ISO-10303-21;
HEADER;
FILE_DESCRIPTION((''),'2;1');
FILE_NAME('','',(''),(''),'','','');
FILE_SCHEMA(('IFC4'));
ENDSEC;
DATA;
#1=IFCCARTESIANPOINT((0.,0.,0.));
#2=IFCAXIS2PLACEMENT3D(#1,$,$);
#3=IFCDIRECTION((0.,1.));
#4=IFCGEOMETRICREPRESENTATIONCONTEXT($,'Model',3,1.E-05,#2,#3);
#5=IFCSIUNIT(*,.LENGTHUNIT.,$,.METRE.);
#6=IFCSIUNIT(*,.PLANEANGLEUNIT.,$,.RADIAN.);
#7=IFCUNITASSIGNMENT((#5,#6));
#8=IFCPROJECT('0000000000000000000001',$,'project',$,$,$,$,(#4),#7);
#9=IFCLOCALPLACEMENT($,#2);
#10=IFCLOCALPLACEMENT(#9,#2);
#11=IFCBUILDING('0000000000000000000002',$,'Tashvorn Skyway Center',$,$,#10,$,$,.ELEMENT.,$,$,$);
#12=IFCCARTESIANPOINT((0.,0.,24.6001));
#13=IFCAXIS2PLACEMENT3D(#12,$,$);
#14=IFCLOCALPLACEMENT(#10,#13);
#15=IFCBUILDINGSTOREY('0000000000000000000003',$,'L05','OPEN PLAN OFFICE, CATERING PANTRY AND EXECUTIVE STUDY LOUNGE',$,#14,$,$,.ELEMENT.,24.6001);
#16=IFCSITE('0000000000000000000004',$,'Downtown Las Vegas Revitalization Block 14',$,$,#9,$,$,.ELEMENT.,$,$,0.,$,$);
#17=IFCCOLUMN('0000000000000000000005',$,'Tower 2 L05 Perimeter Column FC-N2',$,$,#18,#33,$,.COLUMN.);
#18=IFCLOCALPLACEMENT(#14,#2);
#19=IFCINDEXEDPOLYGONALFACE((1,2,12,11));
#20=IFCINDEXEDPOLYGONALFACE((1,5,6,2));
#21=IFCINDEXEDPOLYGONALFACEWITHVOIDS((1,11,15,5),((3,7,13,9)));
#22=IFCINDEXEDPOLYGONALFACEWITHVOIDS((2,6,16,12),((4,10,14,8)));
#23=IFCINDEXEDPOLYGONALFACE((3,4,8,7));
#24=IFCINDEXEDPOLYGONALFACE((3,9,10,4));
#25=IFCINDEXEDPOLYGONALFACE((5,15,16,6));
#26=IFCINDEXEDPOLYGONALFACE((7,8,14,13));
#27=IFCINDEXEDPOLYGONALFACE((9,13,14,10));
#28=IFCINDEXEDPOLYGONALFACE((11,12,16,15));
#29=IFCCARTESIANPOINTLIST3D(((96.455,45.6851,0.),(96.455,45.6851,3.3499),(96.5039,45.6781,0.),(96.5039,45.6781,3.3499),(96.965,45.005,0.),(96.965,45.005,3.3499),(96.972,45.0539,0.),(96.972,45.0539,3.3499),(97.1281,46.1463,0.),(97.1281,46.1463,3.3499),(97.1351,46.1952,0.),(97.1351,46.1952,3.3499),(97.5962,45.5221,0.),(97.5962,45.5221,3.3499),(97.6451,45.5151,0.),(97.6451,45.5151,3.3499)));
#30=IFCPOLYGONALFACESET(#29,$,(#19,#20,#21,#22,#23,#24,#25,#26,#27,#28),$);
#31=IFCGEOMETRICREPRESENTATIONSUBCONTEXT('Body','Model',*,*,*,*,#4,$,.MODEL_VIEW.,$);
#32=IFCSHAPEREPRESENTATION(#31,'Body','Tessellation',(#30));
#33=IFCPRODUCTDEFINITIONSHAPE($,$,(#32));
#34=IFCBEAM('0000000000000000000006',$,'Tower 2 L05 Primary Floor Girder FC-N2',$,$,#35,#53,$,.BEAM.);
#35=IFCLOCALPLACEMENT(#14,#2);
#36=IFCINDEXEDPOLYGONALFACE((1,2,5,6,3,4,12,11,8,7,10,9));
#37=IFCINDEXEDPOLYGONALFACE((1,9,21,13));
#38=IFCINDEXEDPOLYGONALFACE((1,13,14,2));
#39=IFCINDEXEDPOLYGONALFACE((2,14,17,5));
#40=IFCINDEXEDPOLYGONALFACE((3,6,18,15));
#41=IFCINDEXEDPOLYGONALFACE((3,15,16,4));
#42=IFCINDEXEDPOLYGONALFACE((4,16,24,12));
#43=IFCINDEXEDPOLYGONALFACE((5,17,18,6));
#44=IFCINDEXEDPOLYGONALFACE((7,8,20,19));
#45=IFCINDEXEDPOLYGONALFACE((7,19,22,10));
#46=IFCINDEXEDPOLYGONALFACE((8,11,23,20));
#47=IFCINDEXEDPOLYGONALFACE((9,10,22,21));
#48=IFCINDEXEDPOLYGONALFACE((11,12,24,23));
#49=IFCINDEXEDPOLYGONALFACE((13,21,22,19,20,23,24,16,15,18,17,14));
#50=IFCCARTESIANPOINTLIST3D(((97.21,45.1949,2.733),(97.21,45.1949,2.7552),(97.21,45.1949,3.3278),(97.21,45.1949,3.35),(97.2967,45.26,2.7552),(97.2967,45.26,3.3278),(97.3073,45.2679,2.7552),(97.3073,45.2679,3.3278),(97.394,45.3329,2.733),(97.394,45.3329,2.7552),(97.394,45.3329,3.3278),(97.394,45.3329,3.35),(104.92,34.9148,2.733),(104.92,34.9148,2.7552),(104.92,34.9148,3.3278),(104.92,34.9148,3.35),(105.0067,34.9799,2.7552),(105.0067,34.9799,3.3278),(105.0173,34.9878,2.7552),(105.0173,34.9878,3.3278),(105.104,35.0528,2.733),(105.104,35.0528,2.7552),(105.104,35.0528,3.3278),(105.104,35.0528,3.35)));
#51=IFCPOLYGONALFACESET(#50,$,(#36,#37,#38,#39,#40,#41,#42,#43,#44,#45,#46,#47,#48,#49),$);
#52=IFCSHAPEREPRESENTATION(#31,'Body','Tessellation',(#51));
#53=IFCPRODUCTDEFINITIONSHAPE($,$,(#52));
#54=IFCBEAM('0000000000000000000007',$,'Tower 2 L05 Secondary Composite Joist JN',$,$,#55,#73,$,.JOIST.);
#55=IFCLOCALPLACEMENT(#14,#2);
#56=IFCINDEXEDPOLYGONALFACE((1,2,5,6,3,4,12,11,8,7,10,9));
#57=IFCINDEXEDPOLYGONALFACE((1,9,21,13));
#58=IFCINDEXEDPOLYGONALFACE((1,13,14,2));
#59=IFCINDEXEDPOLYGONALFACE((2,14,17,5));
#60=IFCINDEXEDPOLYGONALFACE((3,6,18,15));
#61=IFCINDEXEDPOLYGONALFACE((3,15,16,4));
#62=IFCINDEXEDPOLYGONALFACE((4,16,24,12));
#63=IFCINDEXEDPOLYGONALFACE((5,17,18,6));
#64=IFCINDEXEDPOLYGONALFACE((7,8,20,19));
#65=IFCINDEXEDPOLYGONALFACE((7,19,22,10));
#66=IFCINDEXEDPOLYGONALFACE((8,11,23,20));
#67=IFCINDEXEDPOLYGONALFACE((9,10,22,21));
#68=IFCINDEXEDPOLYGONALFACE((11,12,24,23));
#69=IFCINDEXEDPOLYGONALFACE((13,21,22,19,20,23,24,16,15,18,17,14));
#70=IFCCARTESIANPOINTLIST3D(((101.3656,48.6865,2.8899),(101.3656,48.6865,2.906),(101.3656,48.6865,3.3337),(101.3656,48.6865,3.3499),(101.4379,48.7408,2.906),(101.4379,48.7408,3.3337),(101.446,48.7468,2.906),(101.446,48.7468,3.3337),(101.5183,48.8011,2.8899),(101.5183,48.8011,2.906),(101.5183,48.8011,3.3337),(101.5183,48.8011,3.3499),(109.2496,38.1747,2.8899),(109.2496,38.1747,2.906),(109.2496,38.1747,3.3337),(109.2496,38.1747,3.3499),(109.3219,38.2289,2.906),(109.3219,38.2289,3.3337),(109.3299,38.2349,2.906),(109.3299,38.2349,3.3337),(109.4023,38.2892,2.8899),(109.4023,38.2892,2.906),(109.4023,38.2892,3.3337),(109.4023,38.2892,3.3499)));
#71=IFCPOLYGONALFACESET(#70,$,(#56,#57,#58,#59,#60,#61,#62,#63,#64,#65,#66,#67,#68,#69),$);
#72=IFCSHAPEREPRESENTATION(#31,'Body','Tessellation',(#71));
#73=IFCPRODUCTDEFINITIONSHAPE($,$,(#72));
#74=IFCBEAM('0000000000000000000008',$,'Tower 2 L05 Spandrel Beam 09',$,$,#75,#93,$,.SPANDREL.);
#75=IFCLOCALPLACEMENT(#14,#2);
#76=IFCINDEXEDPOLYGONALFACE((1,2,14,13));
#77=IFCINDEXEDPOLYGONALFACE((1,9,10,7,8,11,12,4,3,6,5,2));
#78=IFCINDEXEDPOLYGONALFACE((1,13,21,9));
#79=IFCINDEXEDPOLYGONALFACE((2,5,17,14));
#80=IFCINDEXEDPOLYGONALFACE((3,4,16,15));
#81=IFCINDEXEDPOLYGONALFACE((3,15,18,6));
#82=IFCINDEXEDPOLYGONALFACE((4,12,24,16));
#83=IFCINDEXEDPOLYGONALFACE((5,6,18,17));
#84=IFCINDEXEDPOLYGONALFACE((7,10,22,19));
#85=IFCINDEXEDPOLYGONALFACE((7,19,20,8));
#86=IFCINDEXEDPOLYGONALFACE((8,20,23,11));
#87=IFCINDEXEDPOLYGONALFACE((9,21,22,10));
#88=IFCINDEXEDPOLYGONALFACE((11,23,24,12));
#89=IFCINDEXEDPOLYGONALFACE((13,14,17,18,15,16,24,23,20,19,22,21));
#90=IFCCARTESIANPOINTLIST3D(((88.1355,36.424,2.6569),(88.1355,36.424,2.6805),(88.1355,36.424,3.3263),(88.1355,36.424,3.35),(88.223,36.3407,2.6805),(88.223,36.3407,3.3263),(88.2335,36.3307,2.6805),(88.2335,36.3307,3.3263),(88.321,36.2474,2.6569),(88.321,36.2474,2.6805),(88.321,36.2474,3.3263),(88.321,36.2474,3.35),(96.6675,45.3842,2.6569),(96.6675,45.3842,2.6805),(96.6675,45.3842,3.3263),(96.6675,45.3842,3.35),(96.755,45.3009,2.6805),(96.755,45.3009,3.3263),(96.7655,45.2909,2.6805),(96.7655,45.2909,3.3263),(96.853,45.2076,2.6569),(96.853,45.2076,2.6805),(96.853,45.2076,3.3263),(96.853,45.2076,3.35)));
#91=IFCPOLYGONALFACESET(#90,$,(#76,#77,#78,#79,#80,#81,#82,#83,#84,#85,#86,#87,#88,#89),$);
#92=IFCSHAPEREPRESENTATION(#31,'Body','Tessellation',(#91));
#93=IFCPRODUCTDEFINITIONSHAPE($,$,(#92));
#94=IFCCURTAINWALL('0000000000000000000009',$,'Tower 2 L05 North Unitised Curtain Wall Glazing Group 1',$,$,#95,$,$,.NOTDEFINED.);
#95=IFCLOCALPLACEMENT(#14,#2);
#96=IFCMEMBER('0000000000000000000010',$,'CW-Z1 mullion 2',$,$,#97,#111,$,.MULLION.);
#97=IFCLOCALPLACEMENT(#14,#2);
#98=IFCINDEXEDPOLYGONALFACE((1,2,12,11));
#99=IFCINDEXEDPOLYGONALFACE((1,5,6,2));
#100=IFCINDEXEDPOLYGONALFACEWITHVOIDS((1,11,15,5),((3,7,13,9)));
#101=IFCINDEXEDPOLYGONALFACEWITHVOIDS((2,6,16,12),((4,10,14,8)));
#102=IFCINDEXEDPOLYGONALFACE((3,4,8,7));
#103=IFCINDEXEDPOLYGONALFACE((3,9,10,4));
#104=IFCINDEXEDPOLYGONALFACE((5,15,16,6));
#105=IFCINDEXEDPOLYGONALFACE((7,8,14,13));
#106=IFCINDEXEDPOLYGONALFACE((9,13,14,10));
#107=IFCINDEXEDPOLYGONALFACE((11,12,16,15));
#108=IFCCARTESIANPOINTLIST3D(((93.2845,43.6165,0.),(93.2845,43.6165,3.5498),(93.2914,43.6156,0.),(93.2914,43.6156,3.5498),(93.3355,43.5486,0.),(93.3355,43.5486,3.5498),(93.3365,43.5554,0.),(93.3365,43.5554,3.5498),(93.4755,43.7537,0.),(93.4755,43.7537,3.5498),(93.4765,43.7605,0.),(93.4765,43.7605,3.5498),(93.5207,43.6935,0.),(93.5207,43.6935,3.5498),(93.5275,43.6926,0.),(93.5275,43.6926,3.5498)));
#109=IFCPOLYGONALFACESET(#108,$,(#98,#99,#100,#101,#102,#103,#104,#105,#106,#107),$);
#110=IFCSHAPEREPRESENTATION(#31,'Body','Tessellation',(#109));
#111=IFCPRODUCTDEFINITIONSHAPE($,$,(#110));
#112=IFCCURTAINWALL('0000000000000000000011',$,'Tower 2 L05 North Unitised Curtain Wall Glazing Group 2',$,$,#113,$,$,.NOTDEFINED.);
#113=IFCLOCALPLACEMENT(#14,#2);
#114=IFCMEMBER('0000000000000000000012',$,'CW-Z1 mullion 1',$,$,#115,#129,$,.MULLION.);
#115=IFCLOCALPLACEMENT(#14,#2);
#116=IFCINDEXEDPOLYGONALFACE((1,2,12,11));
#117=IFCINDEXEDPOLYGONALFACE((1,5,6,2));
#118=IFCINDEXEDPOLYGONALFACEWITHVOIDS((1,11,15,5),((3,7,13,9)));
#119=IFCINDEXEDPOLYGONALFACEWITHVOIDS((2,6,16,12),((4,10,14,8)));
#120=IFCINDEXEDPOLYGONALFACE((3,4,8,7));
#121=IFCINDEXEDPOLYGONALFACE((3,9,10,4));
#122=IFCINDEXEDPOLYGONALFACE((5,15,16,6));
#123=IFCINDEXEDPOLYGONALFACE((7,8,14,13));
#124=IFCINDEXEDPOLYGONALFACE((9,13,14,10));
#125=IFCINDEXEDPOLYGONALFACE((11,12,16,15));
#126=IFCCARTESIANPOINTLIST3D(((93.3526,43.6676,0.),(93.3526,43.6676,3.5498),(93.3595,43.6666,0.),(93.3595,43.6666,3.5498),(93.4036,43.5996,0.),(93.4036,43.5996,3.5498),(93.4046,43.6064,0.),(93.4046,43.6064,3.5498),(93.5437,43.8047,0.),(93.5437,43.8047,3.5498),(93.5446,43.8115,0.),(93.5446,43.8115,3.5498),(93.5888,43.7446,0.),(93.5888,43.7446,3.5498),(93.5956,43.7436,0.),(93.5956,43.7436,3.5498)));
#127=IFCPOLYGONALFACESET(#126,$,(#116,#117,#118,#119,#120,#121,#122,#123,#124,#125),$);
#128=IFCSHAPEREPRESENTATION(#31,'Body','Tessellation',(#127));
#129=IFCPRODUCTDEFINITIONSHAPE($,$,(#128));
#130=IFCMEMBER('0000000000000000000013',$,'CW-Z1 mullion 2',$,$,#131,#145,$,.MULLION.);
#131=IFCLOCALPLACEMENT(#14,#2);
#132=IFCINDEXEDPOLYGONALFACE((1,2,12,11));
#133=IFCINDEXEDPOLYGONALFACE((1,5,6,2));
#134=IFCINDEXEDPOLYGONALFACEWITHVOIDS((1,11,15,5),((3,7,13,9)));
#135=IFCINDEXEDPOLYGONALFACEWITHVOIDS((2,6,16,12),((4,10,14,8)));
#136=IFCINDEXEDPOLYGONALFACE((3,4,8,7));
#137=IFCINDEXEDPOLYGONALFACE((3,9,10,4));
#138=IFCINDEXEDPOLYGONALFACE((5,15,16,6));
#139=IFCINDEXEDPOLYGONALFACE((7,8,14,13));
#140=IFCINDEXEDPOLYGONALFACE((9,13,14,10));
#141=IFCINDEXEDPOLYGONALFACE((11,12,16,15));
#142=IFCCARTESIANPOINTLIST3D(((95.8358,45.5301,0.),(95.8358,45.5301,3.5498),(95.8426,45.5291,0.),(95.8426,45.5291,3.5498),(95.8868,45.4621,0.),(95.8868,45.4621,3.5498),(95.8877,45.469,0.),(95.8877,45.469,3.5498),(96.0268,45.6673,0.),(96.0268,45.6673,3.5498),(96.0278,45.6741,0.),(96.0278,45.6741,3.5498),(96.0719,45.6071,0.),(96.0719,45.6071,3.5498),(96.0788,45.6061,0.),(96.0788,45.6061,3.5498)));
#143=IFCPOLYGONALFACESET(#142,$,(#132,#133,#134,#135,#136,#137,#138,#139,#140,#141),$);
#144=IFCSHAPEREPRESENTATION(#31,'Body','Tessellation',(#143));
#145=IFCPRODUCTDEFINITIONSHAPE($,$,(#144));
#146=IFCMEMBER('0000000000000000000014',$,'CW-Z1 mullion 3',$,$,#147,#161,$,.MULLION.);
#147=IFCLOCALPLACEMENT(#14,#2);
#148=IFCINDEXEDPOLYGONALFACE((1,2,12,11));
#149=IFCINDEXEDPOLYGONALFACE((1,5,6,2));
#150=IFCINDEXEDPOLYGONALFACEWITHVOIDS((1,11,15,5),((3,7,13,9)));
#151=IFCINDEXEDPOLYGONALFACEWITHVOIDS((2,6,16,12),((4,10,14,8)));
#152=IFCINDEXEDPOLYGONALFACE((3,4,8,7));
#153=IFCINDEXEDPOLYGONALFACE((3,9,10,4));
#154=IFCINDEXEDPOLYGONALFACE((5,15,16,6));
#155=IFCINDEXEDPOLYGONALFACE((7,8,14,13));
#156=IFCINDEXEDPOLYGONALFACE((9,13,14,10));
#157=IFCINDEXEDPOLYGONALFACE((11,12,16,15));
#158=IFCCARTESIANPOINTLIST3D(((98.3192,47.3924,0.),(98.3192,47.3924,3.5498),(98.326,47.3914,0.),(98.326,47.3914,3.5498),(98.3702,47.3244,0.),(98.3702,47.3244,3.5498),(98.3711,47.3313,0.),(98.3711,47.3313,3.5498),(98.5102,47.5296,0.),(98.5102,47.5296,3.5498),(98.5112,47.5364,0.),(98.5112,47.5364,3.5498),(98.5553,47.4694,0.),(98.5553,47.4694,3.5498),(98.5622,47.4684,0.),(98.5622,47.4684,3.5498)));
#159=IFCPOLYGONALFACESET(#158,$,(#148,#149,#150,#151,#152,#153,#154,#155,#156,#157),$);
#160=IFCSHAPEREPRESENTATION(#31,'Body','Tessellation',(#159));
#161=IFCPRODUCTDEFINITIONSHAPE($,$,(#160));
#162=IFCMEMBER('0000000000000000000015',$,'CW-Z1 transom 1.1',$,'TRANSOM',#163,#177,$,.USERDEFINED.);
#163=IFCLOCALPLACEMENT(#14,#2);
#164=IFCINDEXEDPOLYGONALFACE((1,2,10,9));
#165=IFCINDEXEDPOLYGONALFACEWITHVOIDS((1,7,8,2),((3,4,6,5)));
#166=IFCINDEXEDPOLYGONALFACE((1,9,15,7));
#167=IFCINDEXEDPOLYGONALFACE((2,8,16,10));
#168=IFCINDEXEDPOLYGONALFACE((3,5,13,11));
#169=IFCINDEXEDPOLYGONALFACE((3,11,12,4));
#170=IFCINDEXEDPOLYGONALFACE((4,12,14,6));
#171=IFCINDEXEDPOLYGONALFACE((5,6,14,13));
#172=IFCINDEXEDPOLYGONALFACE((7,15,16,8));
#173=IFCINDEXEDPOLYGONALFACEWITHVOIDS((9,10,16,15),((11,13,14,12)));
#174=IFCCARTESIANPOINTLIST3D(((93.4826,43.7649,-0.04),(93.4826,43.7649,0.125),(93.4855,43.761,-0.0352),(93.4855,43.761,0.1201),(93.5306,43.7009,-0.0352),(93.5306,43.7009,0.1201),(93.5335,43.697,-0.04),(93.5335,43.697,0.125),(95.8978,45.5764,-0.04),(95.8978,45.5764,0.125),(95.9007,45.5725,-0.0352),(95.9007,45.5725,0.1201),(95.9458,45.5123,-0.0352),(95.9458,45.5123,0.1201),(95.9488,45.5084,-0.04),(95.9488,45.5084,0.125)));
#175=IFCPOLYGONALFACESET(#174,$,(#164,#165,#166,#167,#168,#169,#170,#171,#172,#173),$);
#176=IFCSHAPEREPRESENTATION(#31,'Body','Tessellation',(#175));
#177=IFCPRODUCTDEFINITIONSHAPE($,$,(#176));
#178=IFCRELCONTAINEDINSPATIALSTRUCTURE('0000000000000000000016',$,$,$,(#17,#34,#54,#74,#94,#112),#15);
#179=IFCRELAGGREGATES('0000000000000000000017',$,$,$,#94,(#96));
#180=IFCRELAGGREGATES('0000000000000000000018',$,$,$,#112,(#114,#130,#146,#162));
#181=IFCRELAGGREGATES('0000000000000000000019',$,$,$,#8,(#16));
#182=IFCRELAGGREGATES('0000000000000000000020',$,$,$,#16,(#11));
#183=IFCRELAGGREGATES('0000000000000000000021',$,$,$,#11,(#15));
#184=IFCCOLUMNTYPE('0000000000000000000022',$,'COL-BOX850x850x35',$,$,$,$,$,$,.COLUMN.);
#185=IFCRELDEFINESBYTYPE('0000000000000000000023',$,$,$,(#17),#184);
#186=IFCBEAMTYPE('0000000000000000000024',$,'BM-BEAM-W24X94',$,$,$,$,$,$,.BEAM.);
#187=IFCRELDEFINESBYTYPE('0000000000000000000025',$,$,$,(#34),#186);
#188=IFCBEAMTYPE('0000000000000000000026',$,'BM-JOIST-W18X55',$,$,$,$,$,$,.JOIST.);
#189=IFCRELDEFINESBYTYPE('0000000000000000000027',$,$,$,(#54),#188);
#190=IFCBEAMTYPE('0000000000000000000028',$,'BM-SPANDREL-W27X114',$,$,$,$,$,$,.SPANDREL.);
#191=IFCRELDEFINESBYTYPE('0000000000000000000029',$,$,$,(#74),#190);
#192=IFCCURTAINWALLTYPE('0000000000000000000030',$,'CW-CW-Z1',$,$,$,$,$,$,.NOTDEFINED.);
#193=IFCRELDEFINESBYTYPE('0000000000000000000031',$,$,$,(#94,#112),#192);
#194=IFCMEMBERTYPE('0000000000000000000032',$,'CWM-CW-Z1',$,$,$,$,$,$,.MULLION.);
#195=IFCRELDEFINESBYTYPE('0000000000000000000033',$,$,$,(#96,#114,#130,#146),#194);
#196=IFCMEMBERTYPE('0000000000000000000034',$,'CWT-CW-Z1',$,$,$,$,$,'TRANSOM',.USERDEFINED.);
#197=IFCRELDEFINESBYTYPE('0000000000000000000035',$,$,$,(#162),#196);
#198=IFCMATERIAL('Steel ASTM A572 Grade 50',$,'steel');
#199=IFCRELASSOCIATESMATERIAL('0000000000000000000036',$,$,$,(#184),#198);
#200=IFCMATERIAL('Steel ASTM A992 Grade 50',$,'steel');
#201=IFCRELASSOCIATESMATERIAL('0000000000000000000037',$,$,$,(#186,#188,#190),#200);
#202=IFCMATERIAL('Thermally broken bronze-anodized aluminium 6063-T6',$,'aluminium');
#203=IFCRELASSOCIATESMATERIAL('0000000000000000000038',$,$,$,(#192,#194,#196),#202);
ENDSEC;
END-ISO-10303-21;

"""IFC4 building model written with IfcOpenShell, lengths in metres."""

from ifc_helpers import new_model, si_unit, direction, frame, origin, origin_2d, place, context, subcontext, project, spatial, hollow_rectangle, i_section, extrude, material, material_profile, profile_set, type_object, element, aggregate, save


model = new_model("IFC4")

# Units and contexts
model_context = context("Model", 3, precision=1e-05, world=origin(), true_north=direction((0.0, 1.0)))
body_context = subcontext(model_context, "Body", "Model", "MODEL_VIEW")
ifc_project = project(units=[si_unit("LENGTHUNIT", "METRE"), si_unit("PLANEANGLEUNIT", "RADIAN")], contexts=[model_context])

# Site, building, storey
site_placement = place(None, origin())
site = spatial("IfcSite", under=ifc_project, at=site_placement, Name="Downtown Las Vegas Revitalization Block 14", CompositionType="ELEMENT", RefElevation=0.0)
building_placement = place(site_placement, origin())
building = spatial("IfcBuilding", under=site, at=building_placement, Name="Tashvorn Skyway Center", CompositionType="ELEMENT")
storey_placement = place(building_placement, frame((0.0, 0.0, 24.6001)))
storey = spatial("IfcBuildingStorey", under=building, at=storey_placement, Name="L05", Description="OPEN PLAN OFFICE, CATERING PANTRY AND EXECUTIVE STUDY LOUNGE", CompositionType="ELEMENT", Elevation=24.6001)

# Column
ifc_material_1 = material(Name="Steel ASTM A572 Grade 50", Category="steel")
ifc_material_profile_1 = material_profile(ifc_material_1, hollow_rectangle(XDim=0.8501, YDim=0.8501, WallThickness=0.0349, at=origin_2d()), Name="BOX850x850x35")
ifc_profile_set_1 = profile_set([ifc_material_profile_1], Name="Steel ASTM A572 Grade 50")
column_type = type_object("IfcColumnType", Name="COL-BOX850x850x35", PredefinedType="COLUMN", material=ifc_profile_set_1)
column_placement = place(storey_placement, frame((97.05, 45.6001, 0.0), z_axis=(0.0, 0.0, 1.0), x_axis=(0.8, 0.6, 0.0)))
element("IfcColumn", 1, at=column_placement, inside=storey, type_object=column_type, Name="Tower 2 L05 Perimeter Column FC-N2", PredefinedType="COLUMN", context=body_context, shape_type="SweptSolid", body=[
    extrude(hollow_rectangle(XDim=0.8501, YDim=0.8501, WallThickness=0.0349, at=origin_2d()), origin(), (0.0, 0.0, 1.0), 3.3499),
])

# Beams
ifc_material_2 = material(Name="Steel ASTM A992 Grade 50", Category="steel")
ifc_material_profile_2 = material_profile(ifc_material_2, i_section(OverallWidth=0.23, OverallDepth=0.6169, WebThickness=0.0132, FlangeThickness=0.0222, at=origin_2d()), Name="W24X94")
ifc_profile_set_2 = profile_set([ifc_material_profile_2], Name="Steel ASTM A992 Grade 50")
beam_type_1 = type_object("IfcBeamType", Name="BM-BEAM-W24X94", PredefinedType="BEAM", material=ifc_profile_set_2)
beam_1_placement = place(storey_placement, frame((97.302, 45.2639, 3.0415), z_axis=(0.599997, -0.800002, 0.0), x_axis=(0.800002, 0.599997, 0.0)))
element("IfcBeam", 2, at=beam_1_placement, inside=storey, type_object=beam_type_1, Name="Tower 2 L05 Primary Floor Girder FC-N2", PredefinedType="BEAM", context=body_context, shape_type="SweptSolid", body=[
    extrude(i_section(OverallWidth=0.23, OverallDepth=0.6169, WebThickness=0.0132, FlangeThickness=0.0222, at=origin_2d()), origin(), (0.0, 0.0, 1.0), 12.8501),
])
ifc_material_profile_3 = material_profile(ifc_material_2, i_section(OverallWidth=0.1909, OverallDepth=0.46, WebThickness=0.01, FlangeThickness=0.0161, at=origin_2d()), Name="W18X55")
ifc_profile_set_3 = profile_set([ifc_material_profile_3], Name="Steel ASTM A992 Grade 50")
beam_type_2 = type_object("IfcBeamType", Name="BM-JOIST-W18X55", PredefinedType="JOIST", material=ifc_profile_set_3)
beam_2_placement = place(storey_placement, frame((109.3259, 38.2319, 3.1199), z_axis=(-0.600003, 0.799998, 0.0), x_axis=(-0.799998, -0.600003, 0.0)))
element("IfcBeam", 3, at=beam_2_placement, inside=storey, type_object=beam_type_2, Name="Tower 2 L05 Secondary Composite Joist JN", PredefinedType="JOIST", context=body_context, shape_type="SweptSolid", body=[
    extrude(i_section(OverallWidth=0.1909, OverallDepth=0.46, WebThickness=0.01, FlangeThickness=0.0161, at=origin_2d()), origin(), (0.0, 0.0, 1.0), 13.1399),
])
ifc_material_profile_4 = material_profile(ifc_material_2, i_section(OverallWidth=0.2561, OverallDepth=0.6931, WebThickness=0.0144, FlangeThickness=0.0237, at=origin_2d()), Name="W27X114")
ifc_profile_set_4 = profile_set([ifc_material_profile_4], Name="Steel ASTM A992 Grade 50")
beam_type_3 = type_object("IfcBeamType", Name="BM-SPANDREL-W27X114", PredefinedType="SPANDREL", material=ifc_profile_set_4)
beam_3_placement = place(storey_placement, frame((96.7603, 45.2959, 3.0034), z_axis=(-0.68959, -0.7242, 0.0), x_axis=(0.7242, -0.68959, 0.0)))
element("IfcBeam", 4, at=beam_3_placement, inside=storey, type_object=beam_type_3, Name="Tower 2 L05 Spandrel Beam 09", PredefinedType="SPANDREL", context=body_context, shape_type="SweptSolid", body=[
    extrude(i_section(OverallWidth=0.2561, OverallDepth=0.6931, WebThickness=0.0144, FlangeThickness=0.0237, at=origin_2d()), origin(), (0.0, 0.0, 1.0), 12.3726),
])

# Curtain wall, member
ifc_material_3 = material(Name="Thermally broken bronze-anodized aluminium 6063-T6", Category="aluminium")
curtain_wall_type = type_object("IfcCurtainWallType", Name="CW-CW-Z1", PredefinedType="NOTDEFINED", material=ifc_material_3)
curtain_wall_1_placement = place(storey_placement, origin())
curtain_wall_1 = element("IfcCurtainWall", 5, at=curtain_wall_1_placement, inside=storey, type_object=curtain_wall_type, Name="Tower 2 L05 North Unitised Curtain Wall Glazing Group 1", PredefinedType="NOTDEFINED")
ifc_material_profile_5 = material_profile(ifc_material_3, hollow_rectangle(XDim=0.085, YDim=0.24, WallThickness=0.0049, at=origin_2d()), Name="ALU-MULL-85x240")
ifc_profile_set_5 = profile_set([ifc_material_profile_5], Name="Thermally broken bronze-anodized aluminium 6063-T6")
member_type_1 = type_object("IfcMemberType", Name="CWM-CW-Z1", PredefinedType="MULLION", material=ifc_profile_set_5)
member_1_placement = place(storey_placement, frame((93.406, 43.6545, 0.0), z_axis=(0.0, 0.0, 1.0), x_axis=(-0.6, 0.8, 0.0)))
member_1 = element("IfcMember", 6, at=member_1_placement, type_object=member_type_1, Name="CW-Z1 mullion 2", PredefinedType="MULLION", context=body_context, shape_type="SweptSolid", body=[
    extrude(hollow_rectangle(XDim=0.085, YDim=0.24, WallThickness=0.0049, at=origin_2d()), origin(), (0.0, 0.0, 1.0), 3.5498),
])

# Curtain wall, members
curtain_wall_2_placement = place(storey_placement, origin())
curtain_wall_2 = element("IfcCurtainWall", 7, at=curtain_wall_2_placement, inside=storey, type_object=curtain_wall_type, Name="Tower 2 L05 North Unitised Curtain Wall Glazing Group 2", PredefinedType="NOTDEFINED")
member_2_placement = place(storey_placement, frame((93.4741, 43.7056, 0.0), z_axis=(0.0, 0.0, 1.0), x_axis=(-0.599997, 0.800002, 0.0)))
member_2 = element("IfcMember", 8, at=member_2_placement, type_object=member_type_1, Name="CW-Z1 mullion 1", PredefinedType="MULLION", context=body_context, shape_type="SweptSolid", body=[
    extrude(hollow_rectangle(XDim=0.085, YDim=0.24, WallThickness=0.0049, at=origin_2d()), origin(), (0.0, 0.0, 1.0), 3.5498),
])
member_3_placement = place(storey_placement, frame((95.9573, 45.5681, 0.0), z_axis=(0.0, 0.0, 1.0), x_axis=(-0.599997, 0.800002, 0.0)))
member_3 = element("IfcMember", 9, at=member_3_placement, type_object=member_type_1, Name="CW-Z1 mullion 2", PredefinedType="MULLION", context=body_context, shape_type="SweptSolid", body=[
    extrude(hollow_rectangle(XDim=0.085, YDim=0.24, WallThickness=0.0049, at=origin_2d()), origin(), (0.0, 0.0, 1.0), 3.5498),
])
member_4_placement = place(storey_placement, frame((98.4407, 47.4304, 0.0), z_axis=(0.0, 0.0, 1.0), x_axis=(-0.599997, 0.800002, 0.0)))
member_4 = element("IfcMember", 10, at=member_4_placement, type_object=member_type_1, Name="CW-Z1 mullion 3", PredefinedType="MULLION", context=body_context, shape_type="SweptSolid", body=[
    extrude(hollow_rectangle(XDim=0.085, YDim=0.24, WallThickness=0.0049, at=origin_2d()), origin(), (0.0, 0.0, 1.0), 3.5498),
])
ifc_material_profile_6 = material_profile(ifc_material_3, hollow_rectangle(XDim=0.085, YDim=0.165, WallThickness=0.0049, at=origin_2d()), Name="ALU-TRAN-85x165")
ifc_profile_set_6 = profile_set([ifc_material_profile_6], Name="Thermally broken bronze-anodized aluminium 6063-T6")
member_type_2 = type_object("IfcMemberType", Name="CWT-CW-Z1", ElementType="TRANSOM", PredefinedType="USERDEFINED", material=ifc_profile_set_6)
member_5_placement = place(storey_placement, frame((93.5081, 43.731, 0.0425), z_axis=(0.79999, 0.600013, 0.0), x_axis=(-0.600013, 0.79999, 0.0)))
member_5 = element("IfcMember", 11, at=member_5_placement, type_object=member_type_2, Name="CW-Z1 transom 1.1", ObjectType="TRANSOM", PredefinedType="USERDEFINED", context=body_context, shape_type="SweptSolid", body=[
    extrude(hollow_rectangle(XDim=0.085, YDim=0.165, WallThickness=0.0049, at=origin_2d()), origin(), (0.0, 0.0, 1.0), 3.019),
])

aggregate(curtain_wall_1, [member_1])
aggregate(curtain_wall_2, [member_2, member_3, member_4, member_5])

save(model, "model.ifc")
